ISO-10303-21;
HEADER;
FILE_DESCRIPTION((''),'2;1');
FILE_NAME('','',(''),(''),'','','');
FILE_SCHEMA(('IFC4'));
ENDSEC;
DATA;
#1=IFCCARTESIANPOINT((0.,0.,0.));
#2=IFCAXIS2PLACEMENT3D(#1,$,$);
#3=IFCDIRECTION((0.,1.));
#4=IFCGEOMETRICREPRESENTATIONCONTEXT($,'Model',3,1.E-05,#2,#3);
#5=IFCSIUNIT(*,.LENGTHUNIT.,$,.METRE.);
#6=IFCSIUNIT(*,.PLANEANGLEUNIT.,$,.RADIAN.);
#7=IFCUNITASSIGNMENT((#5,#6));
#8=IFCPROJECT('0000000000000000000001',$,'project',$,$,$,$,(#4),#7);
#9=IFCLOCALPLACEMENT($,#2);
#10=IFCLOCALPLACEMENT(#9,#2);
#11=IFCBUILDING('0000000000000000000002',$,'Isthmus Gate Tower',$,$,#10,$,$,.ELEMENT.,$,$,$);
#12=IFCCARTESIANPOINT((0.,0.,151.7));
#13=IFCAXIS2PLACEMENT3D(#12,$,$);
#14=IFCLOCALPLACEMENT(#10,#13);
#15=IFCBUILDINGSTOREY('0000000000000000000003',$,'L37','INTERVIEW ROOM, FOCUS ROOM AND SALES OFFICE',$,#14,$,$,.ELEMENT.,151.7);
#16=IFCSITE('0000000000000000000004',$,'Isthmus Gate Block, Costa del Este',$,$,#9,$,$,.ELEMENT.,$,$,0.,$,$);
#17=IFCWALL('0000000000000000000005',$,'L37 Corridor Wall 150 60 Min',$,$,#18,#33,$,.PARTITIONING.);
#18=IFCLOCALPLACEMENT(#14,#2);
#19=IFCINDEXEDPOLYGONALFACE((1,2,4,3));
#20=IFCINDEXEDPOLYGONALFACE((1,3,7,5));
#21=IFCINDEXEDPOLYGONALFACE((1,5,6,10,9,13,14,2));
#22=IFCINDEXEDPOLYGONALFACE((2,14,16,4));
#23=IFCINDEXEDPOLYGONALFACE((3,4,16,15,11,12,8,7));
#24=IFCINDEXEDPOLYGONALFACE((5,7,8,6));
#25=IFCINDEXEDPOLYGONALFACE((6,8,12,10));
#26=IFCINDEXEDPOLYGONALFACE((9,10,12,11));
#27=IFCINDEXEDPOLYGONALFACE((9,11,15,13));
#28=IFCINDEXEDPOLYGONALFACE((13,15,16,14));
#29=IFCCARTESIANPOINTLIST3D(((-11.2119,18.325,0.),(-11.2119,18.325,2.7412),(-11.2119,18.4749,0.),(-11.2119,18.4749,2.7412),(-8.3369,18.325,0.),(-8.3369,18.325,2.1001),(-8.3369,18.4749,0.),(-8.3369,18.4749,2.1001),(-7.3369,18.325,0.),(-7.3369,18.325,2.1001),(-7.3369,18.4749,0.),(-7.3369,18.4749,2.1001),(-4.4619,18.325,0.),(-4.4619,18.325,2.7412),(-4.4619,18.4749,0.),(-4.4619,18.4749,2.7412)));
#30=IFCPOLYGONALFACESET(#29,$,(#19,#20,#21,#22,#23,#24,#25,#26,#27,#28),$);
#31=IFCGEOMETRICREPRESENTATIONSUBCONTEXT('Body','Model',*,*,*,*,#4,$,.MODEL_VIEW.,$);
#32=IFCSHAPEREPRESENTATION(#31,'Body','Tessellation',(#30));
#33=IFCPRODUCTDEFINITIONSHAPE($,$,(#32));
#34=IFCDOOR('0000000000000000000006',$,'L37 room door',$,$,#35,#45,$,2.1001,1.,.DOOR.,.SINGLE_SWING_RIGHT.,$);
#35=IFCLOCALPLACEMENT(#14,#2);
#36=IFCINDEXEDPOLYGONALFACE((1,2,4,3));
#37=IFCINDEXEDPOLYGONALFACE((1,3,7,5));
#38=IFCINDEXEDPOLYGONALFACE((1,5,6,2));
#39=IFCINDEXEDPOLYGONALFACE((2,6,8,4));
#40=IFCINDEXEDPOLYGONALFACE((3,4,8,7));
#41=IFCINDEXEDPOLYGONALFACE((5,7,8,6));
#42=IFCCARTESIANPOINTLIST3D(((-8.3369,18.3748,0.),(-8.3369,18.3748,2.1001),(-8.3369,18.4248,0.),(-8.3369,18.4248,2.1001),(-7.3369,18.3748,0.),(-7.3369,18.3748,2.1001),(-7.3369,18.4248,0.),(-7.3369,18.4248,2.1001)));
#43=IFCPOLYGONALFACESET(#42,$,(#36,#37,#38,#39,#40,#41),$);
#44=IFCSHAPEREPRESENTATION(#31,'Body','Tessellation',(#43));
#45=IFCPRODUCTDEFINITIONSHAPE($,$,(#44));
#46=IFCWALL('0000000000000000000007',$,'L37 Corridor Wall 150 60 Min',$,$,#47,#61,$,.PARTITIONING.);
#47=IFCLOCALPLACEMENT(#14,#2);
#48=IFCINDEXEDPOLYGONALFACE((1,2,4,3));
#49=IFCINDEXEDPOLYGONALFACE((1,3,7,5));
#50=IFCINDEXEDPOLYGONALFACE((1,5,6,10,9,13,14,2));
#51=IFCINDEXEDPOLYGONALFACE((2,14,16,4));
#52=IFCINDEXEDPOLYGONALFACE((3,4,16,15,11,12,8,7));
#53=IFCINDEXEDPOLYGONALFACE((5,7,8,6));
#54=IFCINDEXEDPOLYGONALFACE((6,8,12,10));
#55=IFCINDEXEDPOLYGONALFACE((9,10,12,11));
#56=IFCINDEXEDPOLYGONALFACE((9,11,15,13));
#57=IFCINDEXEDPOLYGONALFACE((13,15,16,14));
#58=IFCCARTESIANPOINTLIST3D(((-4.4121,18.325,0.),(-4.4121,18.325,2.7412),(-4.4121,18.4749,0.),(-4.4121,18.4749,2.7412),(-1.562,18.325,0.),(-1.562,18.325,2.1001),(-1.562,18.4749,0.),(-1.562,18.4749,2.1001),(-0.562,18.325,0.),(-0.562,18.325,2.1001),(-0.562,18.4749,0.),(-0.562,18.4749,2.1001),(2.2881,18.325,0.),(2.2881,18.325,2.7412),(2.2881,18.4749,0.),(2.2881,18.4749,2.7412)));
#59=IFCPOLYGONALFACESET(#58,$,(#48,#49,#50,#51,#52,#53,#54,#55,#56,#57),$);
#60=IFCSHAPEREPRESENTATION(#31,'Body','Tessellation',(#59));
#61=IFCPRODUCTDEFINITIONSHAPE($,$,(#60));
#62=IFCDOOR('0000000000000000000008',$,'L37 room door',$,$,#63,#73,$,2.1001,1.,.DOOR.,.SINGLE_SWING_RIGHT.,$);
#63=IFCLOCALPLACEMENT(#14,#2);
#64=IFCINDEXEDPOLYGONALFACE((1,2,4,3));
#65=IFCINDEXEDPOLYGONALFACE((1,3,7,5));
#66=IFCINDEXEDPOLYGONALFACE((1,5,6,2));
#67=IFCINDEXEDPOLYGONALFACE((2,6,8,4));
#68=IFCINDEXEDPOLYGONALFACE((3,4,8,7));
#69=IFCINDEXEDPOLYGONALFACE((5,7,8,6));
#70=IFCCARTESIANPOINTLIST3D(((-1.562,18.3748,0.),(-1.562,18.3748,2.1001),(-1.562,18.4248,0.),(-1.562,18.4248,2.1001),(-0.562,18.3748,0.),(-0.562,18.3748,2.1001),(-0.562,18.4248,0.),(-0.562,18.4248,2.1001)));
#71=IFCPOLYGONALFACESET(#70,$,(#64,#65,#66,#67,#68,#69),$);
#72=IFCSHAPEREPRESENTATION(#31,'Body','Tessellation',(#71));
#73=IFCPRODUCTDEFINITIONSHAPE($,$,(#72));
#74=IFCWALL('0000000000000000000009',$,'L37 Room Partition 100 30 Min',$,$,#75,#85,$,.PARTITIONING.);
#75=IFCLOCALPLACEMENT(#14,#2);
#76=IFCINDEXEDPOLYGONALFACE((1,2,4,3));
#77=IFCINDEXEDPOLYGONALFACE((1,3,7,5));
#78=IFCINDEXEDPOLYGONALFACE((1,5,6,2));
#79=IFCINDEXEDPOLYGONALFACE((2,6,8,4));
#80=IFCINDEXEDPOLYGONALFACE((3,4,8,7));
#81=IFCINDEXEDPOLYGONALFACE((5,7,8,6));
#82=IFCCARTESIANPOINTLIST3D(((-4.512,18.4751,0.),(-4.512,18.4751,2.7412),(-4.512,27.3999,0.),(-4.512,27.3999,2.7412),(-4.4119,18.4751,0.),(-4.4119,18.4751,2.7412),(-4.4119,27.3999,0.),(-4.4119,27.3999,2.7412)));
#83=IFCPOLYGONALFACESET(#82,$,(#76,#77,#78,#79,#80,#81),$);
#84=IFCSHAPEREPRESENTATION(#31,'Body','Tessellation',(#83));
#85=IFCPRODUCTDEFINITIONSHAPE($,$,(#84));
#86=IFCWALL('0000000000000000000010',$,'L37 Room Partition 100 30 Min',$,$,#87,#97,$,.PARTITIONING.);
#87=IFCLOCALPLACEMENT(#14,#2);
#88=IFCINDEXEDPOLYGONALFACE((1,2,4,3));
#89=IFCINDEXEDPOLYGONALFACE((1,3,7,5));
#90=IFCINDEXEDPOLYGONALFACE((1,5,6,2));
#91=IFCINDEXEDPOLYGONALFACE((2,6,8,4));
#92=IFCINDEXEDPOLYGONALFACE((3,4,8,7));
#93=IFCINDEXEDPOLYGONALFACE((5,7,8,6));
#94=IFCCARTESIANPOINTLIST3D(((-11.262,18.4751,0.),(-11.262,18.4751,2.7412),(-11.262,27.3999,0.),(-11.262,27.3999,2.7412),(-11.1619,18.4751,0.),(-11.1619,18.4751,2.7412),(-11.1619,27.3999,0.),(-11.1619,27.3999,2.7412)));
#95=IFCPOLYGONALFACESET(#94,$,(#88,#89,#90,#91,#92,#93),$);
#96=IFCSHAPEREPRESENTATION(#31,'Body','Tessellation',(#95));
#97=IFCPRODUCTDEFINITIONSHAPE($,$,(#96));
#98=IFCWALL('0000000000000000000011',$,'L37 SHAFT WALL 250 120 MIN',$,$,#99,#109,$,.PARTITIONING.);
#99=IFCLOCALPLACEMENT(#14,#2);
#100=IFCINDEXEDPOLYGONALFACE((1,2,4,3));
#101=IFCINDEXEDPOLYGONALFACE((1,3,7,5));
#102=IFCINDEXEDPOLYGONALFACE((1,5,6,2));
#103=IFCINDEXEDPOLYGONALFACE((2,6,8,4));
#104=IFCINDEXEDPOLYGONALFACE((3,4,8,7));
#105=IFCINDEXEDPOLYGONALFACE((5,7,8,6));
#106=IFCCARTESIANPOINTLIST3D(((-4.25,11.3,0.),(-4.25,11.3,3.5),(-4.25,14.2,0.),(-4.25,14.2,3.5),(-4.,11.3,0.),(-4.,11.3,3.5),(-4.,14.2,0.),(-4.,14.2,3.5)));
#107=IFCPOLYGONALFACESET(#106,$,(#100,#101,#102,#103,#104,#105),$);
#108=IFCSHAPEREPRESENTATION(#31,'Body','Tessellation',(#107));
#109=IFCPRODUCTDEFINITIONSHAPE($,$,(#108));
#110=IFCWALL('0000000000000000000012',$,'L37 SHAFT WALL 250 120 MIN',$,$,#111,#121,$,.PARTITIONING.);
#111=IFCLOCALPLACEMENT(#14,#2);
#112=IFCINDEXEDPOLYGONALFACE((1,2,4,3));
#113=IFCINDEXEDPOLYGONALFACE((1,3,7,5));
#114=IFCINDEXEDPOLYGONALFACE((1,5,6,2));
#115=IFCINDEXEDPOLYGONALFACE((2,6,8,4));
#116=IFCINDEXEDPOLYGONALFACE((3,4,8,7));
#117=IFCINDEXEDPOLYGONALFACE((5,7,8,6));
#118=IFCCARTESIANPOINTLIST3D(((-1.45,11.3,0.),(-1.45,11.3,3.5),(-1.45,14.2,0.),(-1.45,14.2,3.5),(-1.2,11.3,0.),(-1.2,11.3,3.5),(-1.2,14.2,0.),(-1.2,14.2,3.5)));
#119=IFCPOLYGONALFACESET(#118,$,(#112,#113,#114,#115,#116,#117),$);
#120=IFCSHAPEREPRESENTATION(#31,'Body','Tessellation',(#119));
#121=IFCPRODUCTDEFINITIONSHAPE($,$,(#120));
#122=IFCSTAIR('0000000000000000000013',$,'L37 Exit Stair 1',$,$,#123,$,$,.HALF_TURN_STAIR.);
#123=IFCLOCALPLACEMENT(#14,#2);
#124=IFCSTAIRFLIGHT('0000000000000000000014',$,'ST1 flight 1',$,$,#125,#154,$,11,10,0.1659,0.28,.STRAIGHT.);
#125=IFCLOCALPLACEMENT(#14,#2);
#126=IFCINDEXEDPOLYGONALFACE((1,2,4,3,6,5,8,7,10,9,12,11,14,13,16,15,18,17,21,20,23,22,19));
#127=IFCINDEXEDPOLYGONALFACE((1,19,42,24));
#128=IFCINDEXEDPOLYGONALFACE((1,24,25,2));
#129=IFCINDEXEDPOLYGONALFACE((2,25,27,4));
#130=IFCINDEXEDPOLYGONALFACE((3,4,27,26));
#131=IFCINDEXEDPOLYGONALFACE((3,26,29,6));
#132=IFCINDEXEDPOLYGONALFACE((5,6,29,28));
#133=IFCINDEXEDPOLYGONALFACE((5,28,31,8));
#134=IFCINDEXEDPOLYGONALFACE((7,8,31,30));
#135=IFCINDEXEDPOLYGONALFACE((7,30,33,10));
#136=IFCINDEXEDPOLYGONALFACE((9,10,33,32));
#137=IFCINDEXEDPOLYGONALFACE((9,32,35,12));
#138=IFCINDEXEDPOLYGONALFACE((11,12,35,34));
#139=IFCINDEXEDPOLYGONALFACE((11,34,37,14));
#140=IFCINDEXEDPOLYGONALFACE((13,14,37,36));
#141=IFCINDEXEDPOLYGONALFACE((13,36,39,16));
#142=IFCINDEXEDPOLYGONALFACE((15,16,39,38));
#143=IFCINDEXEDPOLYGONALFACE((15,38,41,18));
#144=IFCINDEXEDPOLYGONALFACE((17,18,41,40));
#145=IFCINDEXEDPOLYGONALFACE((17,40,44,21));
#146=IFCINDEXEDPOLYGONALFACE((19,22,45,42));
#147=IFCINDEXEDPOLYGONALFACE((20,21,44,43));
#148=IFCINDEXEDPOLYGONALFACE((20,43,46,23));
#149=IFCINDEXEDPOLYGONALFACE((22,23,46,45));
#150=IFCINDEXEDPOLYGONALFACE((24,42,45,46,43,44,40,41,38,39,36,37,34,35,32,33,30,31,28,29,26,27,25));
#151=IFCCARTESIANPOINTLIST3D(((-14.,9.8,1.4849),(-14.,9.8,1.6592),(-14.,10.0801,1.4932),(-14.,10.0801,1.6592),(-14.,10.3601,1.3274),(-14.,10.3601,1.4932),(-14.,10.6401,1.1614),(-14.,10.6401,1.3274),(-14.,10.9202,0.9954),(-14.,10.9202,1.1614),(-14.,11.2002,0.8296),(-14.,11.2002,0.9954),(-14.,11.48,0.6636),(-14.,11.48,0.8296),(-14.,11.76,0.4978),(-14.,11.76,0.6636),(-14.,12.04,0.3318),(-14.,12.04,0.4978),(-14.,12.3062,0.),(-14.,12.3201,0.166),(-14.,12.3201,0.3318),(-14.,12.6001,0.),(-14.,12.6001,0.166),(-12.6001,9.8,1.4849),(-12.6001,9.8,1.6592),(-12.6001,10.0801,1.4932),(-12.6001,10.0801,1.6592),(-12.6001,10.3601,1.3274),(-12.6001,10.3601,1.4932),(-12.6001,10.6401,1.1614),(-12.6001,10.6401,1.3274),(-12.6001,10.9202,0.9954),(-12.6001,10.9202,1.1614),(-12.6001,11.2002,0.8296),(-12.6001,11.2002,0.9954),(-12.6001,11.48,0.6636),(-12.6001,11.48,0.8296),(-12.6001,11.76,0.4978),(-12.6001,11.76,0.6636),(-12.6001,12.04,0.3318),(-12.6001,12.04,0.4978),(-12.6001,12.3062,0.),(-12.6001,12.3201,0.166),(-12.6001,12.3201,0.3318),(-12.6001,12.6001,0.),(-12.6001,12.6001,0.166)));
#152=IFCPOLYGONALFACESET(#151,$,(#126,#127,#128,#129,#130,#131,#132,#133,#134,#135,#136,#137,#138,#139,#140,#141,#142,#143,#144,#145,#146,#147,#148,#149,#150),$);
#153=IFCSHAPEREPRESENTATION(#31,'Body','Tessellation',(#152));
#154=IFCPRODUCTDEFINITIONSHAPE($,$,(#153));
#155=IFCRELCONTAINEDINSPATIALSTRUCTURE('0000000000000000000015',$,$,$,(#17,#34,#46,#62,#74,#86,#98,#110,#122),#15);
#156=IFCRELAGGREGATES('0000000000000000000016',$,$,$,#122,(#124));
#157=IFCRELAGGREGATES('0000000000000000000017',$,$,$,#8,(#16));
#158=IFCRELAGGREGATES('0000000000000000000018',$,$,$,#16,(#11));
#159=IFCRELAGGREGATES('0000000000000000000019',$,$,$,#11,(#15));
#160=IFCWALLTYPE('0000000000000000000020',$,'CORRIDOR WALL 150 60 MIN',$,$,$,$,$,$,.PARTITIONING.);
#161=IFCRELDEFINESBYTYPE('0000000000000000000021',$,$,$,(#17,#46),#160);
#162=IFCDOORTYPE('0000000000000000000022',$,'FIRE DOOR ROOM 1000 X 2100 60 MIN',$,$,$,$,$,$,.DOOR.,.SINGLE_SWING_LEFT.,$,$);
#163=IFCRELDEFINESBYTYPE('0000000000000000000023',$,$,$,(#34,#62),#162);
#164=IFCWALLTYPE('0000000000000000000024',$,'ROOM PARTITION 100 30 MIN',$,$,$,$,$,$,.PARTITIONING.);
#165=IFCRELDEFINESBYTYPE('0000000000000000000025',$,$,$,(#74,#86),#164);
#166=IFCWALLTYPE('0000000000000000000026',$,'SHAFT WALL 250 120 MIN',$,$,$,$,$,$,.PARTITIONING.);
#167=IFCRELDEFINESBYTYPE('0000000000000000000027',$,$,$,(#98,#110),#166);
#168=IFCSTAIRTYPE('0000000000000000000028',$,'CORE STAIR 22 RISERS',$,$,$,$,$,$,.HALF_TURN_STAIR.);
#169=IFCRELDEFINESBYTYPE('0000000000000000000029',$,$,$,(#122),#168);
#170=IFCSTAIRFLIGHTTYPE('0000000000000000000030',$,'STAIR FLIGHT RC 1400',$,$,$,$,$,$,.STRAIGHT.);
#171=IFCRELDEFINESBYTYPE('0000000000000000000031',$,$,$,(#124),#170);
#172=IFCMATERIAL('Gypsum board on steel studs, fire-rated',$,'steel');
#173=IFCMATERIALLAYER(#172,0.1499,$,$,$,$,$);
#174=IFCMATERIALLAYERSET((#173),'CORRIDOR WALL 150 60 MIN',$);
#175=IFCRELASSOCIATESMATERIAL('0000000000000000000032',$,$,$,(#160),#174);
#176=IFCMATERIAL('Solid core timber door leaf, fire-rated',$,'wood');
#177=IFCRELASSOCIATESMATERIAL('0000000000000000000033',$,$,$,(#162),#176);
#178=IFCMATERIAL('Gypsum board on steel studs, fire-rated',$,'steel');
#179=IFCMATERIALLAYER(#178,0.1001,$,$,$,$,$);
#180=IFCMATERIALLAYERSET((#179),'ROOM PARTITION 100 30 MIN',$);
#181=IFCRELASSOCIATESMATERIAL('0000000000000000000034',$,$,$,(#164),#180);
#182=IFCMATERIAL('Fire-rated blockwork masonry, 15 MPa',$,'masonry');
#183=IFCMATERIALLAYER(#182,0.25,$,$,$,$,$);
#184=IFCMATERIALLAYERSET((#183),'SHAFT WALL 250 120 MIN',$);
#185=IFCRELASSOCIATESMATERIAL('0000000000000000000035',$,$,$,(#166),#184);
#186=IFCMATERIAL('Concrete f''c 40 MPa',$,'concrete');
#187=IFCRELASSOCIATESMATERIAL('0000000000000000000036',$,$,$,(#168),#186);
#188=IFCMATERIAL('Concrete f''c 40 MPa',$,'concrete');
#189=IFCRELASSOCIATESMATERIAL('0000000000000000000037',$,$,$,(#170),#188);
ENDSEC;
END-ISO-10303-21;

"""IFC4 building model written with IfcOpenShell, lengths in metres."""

from ifc_helpers import new_model, si_unit, direction, frame, frame_2d, origin, place, context, subcontext, project, spatial, polyline, rectangle, outline, extrude, material, layer, layer_set, type_object, element, fill, aggregate, save


model = new_model("IFC4")

# Units and contexts
model_context = context("Model", 3, precision=1e-05, world=origin(), true_north=direction((0.0, 1.0)))
body_context = subcontext(model_context, "Body", "Model", "MODEL_VIEW")
ifc_project = project(units=[si_unit("LENGTHUNIT", "METRE"), si_unit("PLANEANGLEUNIT", "RADIAN")], contexts=[model_context])

# Site, building, storey
site_placement = place(None, origin())
site = spatial("IfcSite", under=ifc_project, at=site_placement, Name="Isthmus Gate Block, Costa del Este", CompositionType="ELEMENT", RefElevation=0.0)
building_placement = place(site_placement, origin())
building = spatial("IfcBuilding", under=site, at=building_placement, Name="Isthmus Gate Tower", CompositionType="ELEMENT")
storey_placement = place(building_placement, frame((0.0, 0.0, 151.7)))
storey = spatial("IfcBuildingStorey", under=building, at=storey_placement, Name="L37", Description="INTERVIEW ROOM, FOCUS ROOM AND SALES OFFICE", CompositionType="ELEMENT", Elevation=151.7)

# Walls, openings, doors
ifc_material_1 = material(Name="Gypsum board on steel studs, fire-rated", Category="steel")
ifc_layer_1 = layer(ifc_material_1, 0.1499)
ifc_layer_set_1 = layer_set([ifc_layer_1], Name="CORRIDOR WALL 150 60 MIN")
wall_type_1 = type_object("IfcWallType", Name="CORRIDOR WALL 150 60 MIN", PredefinedType="PARTITIONING", material=ifc_layer_set_1)
wall_1_placement = place(storey_placement, frame((-11.2119, 18.3999, 0.0), z_axis=(0.0, 0.0, 1.0), x_axis=(1.0, 0.0, 0.0)))
wall_1 = element("IfcWall", 1, at=wall_1_placement, inside=storey, type_object=wall_type_1, Name="L37 Corridor Wall 150 60 Min", PredefinedType="PARTITIONING", context=body_context, shape_type="SweptSolid", body=[
    extrude(rectangle(XDim=6.75, YDim=0.1499, at=frame_2d((3.375, 0.0))), origin(), (0.0, 0.0, 1.0), 2.7412),
])
opening_1_placement = place(wall_1_placement, frame((2.875, 0.0, 0.0)))
opening_1 = element("IfcOpeningElement", 2, at=opening_1_placement, cuts=wall_1, PredefinedType="OPENING", context=body_context, shape_type="SweptSolid", body=[
    extrude(rectangle(XDim=1.0, YDim=2.1001, at=frame_2d((0.5, 1.05))), frame((0.0, 0.085, 0.0), z_axis=(0.0, -1.0, 0.0), x_axis=(1.0, 0.0, 0.0)), (0.0, 0.0, 1.0), 0.1699),
])
ifc_material_2 = material(Name="Solid core timber door leaf, fire-rated", Category="wood")
door_type = type_object("IfcDoorType", Name="FIRE DOOR ROOM 1000 X 2100 60 MIN", OperationType="SINGLE_SWING_LEFT", PredefinedType="DOOR", material=ifc_material_2)
door_1_placement = place(opening_1_placement, origin())
door_1 = element("IfcDoor", 3, at=door_1_placement, inside=storey, type_object=door_type, Name="L37 room door", OperationType="SINGLE_SWING_RIGHT", OverallHeight=2.1001, OverallWidth=1.0, PredefinedType="DOOR", context=body_context, shape_type="SweptSolid", body=[
    extrude(rectangle(XDim=1.0, YDim=2.1001, at=frame_2d((0.5, 1.05))), frame((0.0, 0.0249, 0.0), z_axis=(0.0, -1.0, 0.0), x_axis=(1.0, 0.0, 0.0)), (0.0, 0.0, 1.0), 0.05),
])
fill(opening_1, door_1)
wall_2_placement = place(storey_placement, frame((-4.4121, 18.3999, 0.0), z_axis=(0.0, 0.0, 1.0), x_axis=(1.0, 0.0, 0.0)))
wall_2 = element("IfcWall", 4, at=wall_2_placement, inside=storey, type_object=wall_type_1, Name="L37 Corridor Wall 150 60 Min", PredefinedType="PARTITIONING", context=body_context, shape_type="SweptSolid", body=[
    extrude(rectangle(XDim=6.7002, YDim=0.1499, at=frame_2d((3.3501, 0.0))), origin(), (0.0, 0.0, 1.0), 2.7412),
])
opening_2_placement = place(wall_2_placement, frame((2.8501, 0.0, 0.0)))
opening_2 = element("IfcOpeningElement", 5, at=opening_2_placement, cuts=wall_2, PredefinedType="OPENING", context=body_context, shape_type="SweptSolid", body=[
    extrude(rectangle(XDim=1.0, YDim=2.1001, at=frame_2d((0.5, 1.05))), frame((0.0, 0.085, 0.0), z_axis=(0.0, -1.0, 0.0), x_axis=(1.0, 0.0, 0.0)), (0.0, 0.0, 1.0), 0.1699),
])
door_2_placement = place(opening_2_placement, origin())
door_2 = element("IfcDoor", 6, at=door_2_placement, inside=storey, type_object=door_type, Name="L37 room door", OperationType="SINGLE_SWING_RIGHT", OverallHeight=2.1001, OverallWidth=1.0, PredefinedType="DOOR", context=body_context, shape_type="SweptSolid", body=[
    extrude(rectangle(XDim=1.0, YDim=2.1001, at=frame_2d((0.5, 1.05))), frame((0.0, 0.0249, 0.0), z_axis=(0.0, -1.0, 0.0), x_axis=(1.0, 0.0, 0.0)), (0.0, 0.0, 1.0), 0.05),
])
fill(opening_2, door_2)

# Walls
ifc_material_3 = material(Name="Gypsum board on steel studs, fire-rated", Category="steel")
ifc_layer_2 = layer(ifc_material_3, 0.1001)
ifc_layer_set_2 = layer_set([ifc_layer_2], Name="ROOM PARTITION 100 30 MIN")
wall_type_2 = type_object("IfcWallType", Name="ROOM PARTITION 100 30 MIN", PredefinedType="PARTITIONING", material=ifc_layer_set_2)
for number, where, z_axis, x_axis, name in (
    (7, (-4.4619, 18.4751, 0.0), (0.0, 0.0, 1.0), (0.0, 1.0, 0.0), "L37 Room Partition 100 30 Min"),
    (8, (-11.2119, 18.4751, 0.0), (0.0, 0.0, 1.0), (0.0, 1.0, 0.0), "L37 Room Partition 100 30 Min"),
):
    element("IfcWall", number, at=place(storey_placement, frame(where, z_axis=z_axis, x_axis=x_axis)), inside=storey, type_object=wall_type_2, Name=name, PredefinedType="PARTITIONING", context=body_context, shape_type="SweptSolid", body=[
        extrude(rectangle(XDim=8.9248, YDim=0.1001, at=frame_2d((4.4624, 0.0))), origin(), (0.0, 0.0, 1.0), 2.7412),
    ])
ifc_material_4 = material(Name="Fire-rated blockwork masonry, 15 MPa", Category="masonry")
ifc_layer_3 = layer(ifc_material_4, 0.25)
ifc_layer_set_3 = layer_set([ifc_layer_3], Name="SHAFT WALL 250 120 MIN")
wall_type_3 = type_object("IfcWallType", Name="SHAFT WALL 250 120 MIN", PredefinedType="PARTITIONING", material=ifc_layer_set_3)
for number, where, z_axis, x_axis, name in (
    (9, (-4.125, 11.3, 0.0), (0.0, 0.0, 1.0), (0.0, 1.0, 0.0), "L37 SHAFT WALL 250 120 MIN"),
    (10, (-1.325, 11.3, 0.0), (0.0, 0.0, 1.0), (0.0, 1.0, 0.0), "L37 SHAFT WALL 250 120 MIN"),
):
    element("IfcWall", number, at=place(storey_placement, frame(where, z_axis=z_axis, x_axis=x_axis)), inside=storey, type_object=wall_type_3, Name=name, PredefinedType="PARTITIONING", context=body_context, shape_type="SweptSolid", body=[
        extrude(rectangle(XDim=2.8999, YDim=0.25, at=frame_2d((1.45, 0.0))), origin(), (0.0, 0.0, 1.0), 3.5),
    ])

# Stair, stair flight
ifc_material_5 = material(Name="Concrete f'c 40 MPa", Category="concrete")
stair_type = type_object("IfcStairType", Name="CORE STAIR 22 RISERS", PredefinedType="HALF_TURN_STAIR", material=ifc_material_5)
stair_placement = place(storey_placement, origin())
stair = element("IfcStair", 11, at=stair_placement, inside=storey, type_object=stair_type, Name="L37 Exit Stair 1", PredefinedType="HALF_TURN_STAIR")
ifc_material_6 = material(Name="Concrete f'c 40 MPa", Category="concrete")
stair_flight_type = type_object("IfcStairFlightType", Name="STAIR FLIGHT RC 1400", PredefinedType="STRAIGHT", material=ifc_material_6)
stair_flight_placement = place(storey_placement, frame((-13.3, 12.6001, 0.0), z_axis=(0.0, 0.0, 1.0), x_axis=(0.0, -1.0, 0.0)))
stair_flight = element("IfcStairFlight", 12, at=stair_flight_placement, type_object=stair_flight_type, Name="ST1 flight 1", NumberOfRisers=11, NumberOfTreads=10, PredefinedType="STRAIGHT", RiserHeight=0.1659, TreadLength=0.28, context=body_context, shape_type="SweptSolid", body=[
    extrude(outline(polyline([(0.0, 0.0), (0.0, 0.166), (0.28, 0.166), (0.28, 0.3318), (0.5601, 0.3318), (0.5601, 0.4978), (0.8401, 0.4978), (0.8401, 0.6636), (1.1201, 0.6636), (1.1201, 0.8296), (1.3999, 0.8296), (1.3999, 0.9954), (1.6799, 0.9954), (1.6799, 1.1614), (1.96, 1.1614), (1.96, 1.3274), (2.24, 1.3274), (2.24, 1.4932), (2.52, 1.4932), (2.52, 1.6592), (2.8, 1.6592), (2.8, 1.825), (2.8, 1.4849), (0.2939, 0.0), (0.0, 0.0)])), frame((0.0, 0.7, 0.0), z_axis=(0.0, -1.0, 0.0), x_axis=(1.0, 0.0, 0.0)), (0.0, 0.0, 1.0), 1.3999),
])
aggregate(stair, [stair_flight])

save(model, "model.ifc")
